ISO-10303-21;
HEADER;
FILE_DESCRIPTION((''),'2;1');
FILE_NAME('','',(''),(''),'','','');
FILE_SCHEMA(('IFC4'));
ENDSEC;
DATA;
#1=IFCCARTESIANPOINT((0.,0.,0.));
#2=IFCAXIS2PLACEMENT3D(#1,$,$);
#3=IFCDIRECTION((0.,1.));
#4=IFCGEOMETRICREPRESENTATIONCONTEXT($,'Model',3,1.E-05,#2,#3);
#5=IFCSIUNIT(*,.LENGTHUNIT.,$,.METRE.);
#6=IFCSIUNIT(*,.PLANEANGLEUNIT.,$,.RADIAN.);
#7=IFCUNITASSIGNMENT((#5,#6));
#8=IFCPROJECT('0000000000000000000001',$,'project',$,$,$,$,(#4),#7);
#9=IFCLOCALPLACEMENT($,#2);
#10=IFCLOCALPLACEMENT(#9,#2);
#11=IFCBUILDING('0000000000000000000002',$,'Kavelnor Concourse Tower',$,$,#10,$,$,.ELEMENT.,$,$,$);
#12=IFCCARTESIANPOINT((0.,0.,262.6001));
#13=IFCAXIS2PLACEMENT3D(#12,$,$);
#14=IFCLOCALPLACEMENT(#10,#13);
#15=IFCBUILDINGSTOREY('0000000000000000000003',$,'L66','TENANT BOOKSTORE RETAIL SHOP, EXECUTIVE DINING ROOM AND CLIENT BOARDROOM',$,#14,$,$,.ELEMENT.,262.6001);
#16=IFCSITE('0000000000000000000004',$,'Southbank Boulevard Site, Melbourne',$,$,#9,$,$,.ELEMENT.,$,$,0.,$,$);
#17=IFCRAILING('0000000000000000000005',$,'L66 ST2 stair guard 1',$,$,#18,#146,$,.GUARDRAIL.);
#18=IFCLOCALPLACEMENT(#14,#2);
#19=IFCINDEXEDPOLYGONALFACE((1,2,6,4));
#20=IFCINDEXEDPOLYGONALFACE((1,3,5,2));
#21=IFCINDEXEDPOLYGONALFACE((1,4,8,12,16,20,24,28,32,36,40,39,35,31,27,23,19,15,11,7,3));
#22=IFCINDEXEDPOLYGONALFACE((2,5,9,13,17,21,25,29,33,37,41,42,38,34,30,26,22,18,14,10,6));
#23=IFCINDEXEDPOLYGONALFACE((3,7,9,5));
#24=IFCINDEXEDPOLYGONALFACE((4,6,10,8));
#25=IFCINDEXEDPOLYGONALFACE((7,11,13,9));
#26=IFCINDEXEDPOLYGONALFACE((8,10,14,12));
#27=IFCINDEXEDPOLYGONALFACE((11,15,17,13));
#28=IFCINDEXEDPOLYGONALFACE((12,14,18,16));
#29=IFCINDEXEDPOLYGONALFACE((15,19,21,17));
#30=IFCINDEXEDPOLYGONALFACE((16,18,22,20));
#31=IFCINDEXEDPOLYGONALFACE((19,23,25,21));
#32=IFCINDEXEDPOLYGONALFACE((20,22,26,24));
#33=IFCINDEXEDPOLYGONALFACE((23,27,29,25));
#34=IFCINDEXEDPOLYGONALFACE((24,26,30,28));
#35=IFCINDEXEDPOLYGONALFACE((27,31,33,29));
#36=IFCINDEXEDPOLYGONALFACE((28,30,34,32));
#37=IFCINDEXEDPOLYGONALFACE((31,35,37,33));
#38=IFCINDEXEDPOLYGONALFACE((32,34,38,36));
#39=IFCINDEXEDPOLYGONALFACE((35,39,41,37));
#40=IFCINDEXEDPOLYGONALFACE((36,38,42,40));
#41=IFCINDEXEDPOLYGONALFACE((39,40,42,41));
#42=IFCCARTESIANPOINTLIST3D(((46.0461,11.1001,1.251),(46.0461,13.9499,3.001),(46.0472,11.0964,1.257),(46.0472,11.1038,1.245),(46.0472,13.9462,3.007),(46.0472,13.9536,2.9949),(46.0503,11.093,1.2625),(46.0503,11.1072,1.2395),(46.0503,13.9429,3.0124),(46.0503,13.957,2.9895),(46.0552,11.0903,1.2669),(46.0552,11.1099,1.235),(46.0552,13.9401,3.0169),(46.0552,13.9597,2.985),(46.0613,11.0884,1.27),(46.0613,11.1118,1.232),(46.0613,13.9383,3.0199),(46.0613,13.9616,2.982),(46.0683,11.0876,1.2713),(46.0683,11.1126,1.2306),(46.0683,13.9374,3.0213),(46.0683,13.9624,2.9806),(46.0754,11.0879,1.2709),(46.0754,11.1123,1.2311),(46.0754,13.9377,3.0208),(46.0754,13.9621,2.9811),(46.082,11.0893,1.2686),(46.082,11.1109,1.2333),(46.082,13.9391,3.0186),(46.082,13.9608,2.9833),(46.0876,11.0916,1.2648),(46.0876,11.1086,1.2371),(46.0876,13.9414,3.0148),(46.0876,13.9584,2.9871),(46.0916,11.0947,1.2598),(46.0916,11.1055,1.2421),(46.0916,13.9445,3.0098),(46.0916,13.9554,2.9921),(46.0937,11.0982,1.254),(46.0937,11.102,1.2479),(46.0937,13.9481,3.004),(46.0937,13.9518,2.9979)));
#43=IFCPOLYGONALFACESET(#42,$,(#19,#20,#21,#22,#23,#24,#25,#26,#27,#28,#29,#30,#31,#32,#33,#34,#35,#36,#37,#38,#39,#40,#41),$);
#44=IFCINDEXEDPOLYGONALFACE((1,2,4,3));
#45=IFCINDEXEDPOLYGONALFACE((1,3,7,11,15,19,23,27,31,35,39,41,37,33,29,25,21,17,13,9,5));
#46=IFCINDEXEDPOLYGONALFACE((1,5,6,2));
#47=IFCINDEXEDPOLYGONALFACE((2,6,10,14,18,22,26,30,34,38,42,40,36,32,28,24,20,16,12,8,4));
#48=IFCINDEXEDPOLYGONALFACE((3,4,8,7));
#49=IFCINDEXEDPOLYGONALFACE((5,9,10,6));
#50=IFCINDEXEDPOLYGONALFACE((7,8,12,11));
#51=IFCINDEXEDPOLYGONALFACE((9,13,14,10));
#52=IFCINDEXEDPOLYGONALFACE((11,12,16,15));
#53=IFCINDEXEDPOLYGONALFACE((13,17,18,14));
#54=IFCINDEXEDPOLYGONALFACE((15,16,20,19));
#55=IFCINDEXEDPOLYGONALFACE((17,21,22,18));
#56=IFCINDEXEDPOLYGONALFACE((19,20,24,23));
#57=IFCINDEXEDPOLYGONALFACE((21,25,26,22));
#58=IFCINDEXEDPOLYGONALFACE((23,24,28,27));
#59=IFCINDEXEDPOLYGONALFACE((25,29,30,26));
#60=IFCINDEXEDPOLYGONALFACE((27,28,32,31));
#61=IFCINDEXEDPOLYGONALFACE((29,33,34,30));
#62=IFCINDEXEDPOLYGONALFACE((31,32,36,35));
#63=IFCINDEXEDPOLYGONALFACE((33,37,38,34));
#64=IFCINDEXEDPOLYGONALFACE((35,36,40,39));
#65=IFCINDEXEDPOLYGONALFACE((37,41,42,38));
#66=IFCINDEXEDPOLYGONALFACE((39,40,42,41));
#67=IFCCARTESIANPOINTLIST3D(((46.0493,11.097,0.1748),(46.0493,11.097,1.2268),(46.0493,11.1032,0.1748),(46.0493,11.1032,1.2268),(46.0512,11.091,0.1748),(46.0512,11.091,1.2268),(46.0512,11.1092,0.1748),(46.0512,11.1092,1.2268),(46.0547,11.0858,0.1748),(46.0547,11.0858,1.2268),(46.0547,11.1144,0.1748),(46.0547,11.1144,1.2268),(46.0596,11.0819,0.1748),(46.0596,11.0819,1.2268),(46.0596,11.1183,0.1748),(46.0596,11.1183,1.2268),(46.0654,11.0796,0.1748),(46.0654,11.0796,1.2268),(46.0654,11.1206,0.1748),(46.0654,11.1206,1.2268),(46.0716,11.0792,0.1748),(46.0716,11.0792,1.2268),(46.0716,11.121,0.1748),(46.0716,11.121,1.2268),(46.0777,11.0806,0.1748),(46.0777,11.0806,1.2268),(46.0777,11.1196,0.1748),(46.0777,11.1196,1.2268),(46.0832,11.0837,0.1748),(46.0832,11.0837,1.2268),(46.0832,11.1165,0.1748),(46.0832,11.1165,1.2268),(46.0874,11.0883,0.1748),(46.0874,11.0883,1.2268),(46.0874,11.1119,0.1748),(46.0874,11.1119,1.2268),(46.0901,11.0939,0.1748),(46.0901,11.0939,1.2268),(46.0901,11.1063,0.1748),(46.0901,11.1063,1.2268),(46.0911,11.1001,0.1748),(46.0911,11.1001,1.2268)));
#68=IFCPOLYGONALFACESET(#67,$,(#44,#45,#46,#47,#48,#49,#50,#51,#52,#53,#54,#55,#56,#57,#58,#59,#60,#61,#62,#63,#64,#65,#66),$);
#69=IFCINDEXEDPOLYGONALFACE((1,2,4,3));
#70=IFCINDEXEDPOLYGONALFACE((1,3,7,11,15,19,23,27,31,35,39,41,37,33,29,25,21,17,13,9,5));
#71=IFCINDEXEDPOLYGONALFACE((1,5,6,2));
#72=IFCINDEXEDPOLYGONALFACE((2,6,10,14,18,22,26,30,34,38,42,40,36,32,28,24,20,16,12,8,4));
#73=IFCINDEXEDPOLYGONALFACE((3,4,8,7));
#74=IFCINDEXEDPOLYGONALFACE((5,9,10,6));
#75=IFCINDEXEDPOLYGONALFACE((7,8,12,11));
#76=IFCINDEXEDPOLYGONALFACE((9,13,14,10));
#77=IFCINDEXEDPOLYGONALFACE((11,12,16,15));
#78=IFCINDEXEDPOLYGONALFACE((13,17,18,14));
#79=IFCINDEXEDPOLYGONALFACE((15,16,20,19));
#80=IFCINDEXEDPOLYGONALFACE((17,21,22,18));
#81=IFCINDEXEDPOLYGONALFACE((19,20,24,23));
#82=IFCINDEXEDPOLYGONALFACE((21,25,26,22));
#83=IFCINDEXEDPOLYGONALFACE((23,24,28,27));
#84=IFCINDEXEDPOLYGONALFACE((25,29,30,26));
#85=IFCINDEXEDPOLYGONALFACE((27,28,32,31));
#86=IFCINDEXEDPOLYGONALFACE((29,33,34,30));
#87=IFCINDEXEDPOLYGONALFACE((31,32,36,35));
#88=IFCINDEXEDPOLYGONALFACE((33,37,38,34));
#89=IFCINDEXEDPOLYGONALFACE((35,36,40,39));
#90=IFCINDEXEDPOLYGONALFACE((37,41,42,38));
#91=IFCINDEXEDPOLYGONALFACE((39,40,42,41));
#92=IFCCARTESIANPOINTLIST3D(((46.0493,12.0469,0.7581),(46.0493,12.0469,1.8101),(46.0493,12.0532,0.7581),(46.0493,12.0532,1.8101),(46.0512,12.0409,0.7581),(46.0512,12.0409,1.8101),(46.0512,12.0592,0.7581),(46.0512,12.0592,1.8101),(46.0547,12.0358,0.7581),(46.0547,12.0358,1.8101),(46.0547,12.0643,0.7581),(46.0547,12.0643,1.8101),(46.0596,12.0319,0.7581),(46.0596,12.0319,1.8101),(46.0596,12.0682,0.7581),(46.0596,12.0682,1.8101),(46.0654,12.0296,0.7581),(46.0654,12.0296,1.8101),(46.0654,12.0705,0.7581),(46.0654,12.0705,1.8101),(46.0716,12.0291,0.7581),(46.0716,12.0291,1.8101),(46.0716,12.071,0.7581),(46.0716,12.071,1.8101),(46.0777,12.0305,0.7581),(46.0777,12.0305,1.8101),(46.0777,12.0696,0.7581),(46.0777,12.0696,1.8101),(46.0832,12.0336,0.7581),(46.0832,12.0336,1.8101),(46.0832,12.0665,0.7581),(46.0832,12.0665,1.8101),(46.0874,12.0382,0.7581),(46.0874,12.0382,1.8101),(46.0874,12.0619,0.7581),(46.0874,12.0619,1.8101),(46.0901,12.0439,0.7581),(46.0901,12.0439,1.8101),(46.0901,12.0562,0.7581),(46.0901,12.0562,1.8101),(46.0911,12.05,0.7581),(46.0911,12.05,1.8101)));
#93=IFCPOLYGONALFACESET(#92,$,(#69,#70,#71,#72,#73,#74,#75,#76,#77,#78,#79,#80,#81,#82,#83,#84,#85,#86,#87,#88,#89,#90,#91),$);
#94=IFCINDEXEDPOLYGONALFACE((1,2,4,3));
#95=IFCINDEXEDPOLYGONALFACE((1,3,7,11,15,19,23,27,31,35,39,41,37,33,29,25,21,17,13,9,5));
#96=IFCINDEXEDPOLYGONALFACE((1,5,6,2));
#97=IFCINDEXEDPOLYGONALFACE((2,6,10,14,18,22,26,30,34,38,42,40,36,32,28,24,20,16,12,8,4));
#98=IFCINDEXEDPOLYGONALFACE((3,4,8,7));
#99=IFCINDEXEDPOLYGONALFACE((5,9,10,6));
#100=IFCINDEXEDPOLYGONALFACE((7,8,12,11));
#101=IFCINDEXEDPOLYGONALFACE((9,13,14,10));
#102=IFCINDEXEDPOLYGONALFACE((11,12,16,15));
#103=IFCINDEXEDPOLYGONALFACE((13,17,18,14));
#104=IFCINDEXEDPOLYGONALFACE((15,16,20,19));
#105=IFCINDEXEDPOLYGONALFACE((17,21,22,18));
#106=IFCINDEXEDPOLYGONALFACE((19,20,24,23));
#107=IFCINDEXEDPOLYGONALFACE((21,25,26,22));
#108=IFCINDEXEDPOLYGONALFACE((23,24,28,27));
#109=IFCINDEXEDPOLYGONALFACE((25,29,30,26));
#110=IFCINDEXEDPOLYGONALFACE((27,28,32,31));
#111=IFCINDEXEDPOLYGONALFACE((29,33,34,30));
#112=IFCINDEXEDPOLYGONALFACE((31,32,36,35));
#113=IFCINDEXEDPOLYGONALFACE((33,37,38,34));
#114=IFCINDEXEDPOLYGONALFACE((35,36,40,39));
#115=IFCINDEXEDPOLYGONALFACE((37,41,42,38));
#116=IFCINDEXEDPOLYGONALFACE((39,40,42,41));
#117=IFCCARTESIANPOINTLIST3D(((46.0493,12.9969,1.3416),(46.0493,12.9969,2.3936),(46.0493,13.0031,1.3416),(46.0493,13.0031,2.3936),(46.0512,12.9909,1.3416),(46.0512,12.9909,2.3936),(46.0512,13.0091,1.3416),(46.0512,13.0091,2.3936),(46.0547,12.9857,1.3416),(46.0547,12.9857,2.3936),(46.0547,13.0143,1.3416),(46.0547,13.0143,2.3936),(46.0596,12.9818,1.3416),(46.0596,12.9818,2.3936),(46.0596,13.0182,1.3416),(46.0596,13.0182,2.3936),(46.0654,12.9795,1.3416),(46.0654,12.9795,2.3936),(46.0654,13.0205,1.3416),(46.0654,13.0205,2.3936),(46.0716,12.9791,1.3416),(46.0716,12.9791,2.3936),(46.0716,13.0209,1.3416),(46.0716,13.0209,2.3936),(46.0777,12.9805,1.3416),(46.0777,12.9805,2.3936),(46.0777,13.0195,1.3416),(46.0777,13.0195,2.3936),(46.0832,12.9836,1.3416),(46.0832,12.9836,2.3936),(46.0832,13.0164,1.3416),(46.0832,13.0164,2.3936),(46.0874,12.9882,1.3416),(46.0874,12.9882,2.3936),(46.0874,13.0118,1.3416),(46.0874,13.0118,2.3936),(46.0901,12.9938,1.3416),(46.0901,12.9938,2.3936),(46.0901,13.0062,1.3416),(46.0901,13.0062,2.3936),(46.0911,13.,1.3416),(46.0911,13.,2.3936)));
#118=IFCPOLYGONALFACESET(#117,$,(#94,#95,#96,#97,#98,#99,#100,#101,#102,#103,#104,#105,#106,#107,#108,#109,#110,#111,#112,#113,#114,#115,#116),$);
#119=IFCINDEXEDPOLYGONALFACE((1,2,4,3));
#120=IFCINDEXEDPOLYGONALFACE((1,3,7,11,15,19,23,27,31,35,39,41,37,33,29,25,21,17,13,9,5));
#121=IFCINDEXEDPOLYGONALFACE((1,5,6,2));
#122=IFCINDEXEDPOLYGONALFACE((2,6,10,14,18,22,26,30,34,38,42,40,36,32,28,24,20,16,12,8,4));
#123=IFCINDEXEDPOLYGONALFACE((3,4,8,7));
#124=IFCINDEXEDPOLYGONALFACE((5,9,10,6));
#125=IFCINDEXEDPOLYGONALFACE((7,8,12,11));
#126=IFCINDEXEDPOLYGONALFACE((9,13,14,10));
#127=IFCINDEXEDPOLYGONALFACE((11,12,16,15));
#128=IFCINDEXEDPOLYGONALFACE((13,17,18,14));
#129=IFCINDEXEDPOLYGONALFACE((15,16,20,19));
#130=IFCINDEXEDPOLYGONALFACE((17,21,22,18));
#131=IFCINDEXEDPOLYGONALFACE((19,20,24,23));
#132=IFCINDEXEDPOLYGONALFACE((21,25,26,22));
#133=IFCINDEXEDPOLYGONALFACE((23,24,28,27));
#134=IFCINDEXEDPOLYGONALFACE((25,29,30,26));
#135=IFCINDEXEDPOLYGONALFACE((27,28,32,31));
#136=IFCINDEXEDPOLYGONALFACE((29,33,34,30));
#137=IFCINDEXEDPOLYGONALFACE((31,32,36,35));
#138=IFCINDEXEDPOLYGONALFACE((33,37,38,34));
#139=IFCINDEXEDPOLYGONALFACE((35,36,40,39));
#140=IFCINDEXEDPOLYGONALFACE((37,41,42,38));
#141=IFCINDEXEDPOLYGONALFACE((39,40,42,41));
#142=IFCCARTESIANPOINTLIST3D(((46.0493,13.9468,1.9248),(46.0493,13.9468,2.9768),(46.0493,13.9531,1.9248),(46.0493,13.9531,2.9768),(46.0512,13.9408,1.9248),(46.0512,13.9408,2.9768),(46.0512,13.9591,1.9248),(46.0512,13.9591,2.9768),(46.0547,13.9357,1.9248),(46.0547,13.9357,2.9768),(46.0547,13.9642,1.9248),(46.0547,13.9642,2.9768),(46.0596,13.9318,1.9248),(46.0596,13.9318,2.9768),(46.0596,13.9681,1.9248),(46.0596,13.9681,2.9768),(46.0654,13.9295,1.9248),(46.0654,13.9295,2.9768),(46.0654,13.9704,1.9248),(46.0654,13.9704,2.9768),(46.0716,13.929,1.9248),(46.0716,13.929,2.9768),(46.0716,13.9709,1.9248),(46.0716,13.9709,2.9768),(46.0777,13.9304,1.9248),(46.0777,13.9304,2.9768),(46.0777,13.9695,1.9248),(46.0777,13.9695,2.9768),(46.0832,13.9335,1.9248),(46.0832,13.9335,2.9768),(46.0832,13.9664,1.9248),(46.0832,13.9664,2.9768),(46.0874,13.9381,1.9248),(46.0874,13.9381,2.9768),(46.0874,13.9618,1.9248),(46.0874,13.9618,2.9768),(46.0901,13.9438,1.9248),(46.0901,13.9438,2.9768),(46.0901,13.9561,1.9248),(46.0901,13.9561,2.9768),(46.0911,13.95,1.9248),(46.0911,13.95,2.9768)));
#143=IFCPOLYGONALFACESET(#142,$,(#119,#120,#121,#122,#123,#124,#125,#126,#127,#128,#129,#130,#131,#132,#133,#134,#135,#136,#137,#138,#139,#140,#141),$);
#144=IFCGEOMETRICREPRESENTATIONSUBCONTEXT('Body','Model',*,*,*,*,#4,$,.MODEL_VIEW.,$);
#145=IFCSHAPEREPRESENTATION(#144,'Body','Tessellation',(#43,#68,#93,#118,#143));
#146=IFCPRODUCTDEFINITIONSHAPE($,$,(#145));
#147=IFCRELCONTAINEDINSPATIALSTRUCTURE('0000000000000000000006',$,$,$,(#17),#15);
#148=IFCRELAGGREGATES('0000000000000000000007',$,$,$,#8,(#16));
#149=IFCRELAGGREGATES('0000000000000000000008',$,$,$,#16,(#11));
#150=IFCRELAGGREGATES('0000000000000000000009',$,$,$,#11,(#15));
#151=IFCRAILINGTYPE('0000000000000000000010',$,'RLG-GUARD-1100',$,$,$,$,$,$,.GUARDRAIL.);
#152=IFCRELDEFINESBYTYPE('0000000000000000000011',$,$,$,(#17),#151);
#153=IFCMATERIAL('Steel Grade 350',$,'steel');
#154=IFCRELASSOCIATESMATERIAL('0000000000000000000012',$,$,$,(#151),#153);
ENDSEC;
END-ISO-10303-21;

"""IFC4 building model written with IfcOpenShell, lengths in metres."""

from ifc_helpers import new_model, si_unit, direction, frame, origin, origin_2d, place, context, subcontext, project, spatial, circle, extrude, material, type_object, element, save


model = new_model("IFC4")

# Units and contexts
model_context = context("Model", 3, precision=1e-05, world=origin(), true_north=direction((0.0, 1.0)))
body_context = subcontext(model_context, "Body", "Model", "MODEL_VIEW")
ifc_project = project(units=[si_unit("LENGTHUNIT", "METRE"), si_unit("PLANEANGLEUNIT", "RADIAN")], contexts=[model_context])

# Site, building, storey
site_placement = place(None, origin())
site = spatial("IfcSite", under=ifc_project, at=site_placement, Name="Southbank Boulevard Site, Melbourne", CompositionType="ELEMENT", RefElevation=0.0)
building_placement = place(site_placement, origin())
building = spatial("IfcBuilding", under=site, at=building_placement, Name="Kavelnor Concourse Tower", CompositionType="ELEMENT")
storey_placement = place(building_placement, frame((0.0, 0.0, 262.6001)))
storey = spatial("IfcBuildingStorey", under=building, at=storey_placement, Name="L66", Description="TENANT BOOKSTORE RETAIL SHOP, EXECUTIVE DINING ROOM AND CLIENT BOARDROOM", CompositionType="ELEMENT", Elevation=262.6001)

# Shared definitions
ifc_material_1 = material(Name="Steel Grade 350", Category="steel")

# Railing
railing_type_1 = type_object("IfcRailingType", Name="RLG-GUARD-1100", PredefinedType="GUARDRAIL", material=ifc_material_1)
railing_1_placement = place(storey_placement, frame((46.0701, 11.1001, 0.1748)))
element("IfcRailing", 1, at=railing_1_placement, inside=storey, type_object=railing_type_1, Name="L66 ST2 stair guard 1", PredefinedType="GUARDRAIL", context=body_context, shape_type="SweptSolid", body=[
    extrude(circle(Radius=0.0239, at=origin_2d()), frame((0.0, 0.0, 1.0762), z_axis=(0.0, 0.852159, 0.523283), x_axis=(-1.0, 0.0, 0.0)), (0.0, 0.0, 1.0), 3.3442),
    extrude(circle(Radius=0.021, at=origin_2d()), origin(), (0.0, 0.0, 1.0), 1.052),
    extrude(circle(Radius=0.021, at=origin_2d()), frame((0.0, 0.95, 0.5833)), (0.0, 0.0, 1.0), 1.052),
    extrude(circle(Radius=0.021, at=origin_2d()), frame((0.0, 1.8999, 1.1667)), (0.0, 0.0, 1.0), 1.052),
    extrude(circle(Radius=0.021, at=origin_2d()), frame((0.0, 2.8499, 1.75)), (0.0, 0.0, 1.0), 1.052),
])

save(model, "model.ifc")
